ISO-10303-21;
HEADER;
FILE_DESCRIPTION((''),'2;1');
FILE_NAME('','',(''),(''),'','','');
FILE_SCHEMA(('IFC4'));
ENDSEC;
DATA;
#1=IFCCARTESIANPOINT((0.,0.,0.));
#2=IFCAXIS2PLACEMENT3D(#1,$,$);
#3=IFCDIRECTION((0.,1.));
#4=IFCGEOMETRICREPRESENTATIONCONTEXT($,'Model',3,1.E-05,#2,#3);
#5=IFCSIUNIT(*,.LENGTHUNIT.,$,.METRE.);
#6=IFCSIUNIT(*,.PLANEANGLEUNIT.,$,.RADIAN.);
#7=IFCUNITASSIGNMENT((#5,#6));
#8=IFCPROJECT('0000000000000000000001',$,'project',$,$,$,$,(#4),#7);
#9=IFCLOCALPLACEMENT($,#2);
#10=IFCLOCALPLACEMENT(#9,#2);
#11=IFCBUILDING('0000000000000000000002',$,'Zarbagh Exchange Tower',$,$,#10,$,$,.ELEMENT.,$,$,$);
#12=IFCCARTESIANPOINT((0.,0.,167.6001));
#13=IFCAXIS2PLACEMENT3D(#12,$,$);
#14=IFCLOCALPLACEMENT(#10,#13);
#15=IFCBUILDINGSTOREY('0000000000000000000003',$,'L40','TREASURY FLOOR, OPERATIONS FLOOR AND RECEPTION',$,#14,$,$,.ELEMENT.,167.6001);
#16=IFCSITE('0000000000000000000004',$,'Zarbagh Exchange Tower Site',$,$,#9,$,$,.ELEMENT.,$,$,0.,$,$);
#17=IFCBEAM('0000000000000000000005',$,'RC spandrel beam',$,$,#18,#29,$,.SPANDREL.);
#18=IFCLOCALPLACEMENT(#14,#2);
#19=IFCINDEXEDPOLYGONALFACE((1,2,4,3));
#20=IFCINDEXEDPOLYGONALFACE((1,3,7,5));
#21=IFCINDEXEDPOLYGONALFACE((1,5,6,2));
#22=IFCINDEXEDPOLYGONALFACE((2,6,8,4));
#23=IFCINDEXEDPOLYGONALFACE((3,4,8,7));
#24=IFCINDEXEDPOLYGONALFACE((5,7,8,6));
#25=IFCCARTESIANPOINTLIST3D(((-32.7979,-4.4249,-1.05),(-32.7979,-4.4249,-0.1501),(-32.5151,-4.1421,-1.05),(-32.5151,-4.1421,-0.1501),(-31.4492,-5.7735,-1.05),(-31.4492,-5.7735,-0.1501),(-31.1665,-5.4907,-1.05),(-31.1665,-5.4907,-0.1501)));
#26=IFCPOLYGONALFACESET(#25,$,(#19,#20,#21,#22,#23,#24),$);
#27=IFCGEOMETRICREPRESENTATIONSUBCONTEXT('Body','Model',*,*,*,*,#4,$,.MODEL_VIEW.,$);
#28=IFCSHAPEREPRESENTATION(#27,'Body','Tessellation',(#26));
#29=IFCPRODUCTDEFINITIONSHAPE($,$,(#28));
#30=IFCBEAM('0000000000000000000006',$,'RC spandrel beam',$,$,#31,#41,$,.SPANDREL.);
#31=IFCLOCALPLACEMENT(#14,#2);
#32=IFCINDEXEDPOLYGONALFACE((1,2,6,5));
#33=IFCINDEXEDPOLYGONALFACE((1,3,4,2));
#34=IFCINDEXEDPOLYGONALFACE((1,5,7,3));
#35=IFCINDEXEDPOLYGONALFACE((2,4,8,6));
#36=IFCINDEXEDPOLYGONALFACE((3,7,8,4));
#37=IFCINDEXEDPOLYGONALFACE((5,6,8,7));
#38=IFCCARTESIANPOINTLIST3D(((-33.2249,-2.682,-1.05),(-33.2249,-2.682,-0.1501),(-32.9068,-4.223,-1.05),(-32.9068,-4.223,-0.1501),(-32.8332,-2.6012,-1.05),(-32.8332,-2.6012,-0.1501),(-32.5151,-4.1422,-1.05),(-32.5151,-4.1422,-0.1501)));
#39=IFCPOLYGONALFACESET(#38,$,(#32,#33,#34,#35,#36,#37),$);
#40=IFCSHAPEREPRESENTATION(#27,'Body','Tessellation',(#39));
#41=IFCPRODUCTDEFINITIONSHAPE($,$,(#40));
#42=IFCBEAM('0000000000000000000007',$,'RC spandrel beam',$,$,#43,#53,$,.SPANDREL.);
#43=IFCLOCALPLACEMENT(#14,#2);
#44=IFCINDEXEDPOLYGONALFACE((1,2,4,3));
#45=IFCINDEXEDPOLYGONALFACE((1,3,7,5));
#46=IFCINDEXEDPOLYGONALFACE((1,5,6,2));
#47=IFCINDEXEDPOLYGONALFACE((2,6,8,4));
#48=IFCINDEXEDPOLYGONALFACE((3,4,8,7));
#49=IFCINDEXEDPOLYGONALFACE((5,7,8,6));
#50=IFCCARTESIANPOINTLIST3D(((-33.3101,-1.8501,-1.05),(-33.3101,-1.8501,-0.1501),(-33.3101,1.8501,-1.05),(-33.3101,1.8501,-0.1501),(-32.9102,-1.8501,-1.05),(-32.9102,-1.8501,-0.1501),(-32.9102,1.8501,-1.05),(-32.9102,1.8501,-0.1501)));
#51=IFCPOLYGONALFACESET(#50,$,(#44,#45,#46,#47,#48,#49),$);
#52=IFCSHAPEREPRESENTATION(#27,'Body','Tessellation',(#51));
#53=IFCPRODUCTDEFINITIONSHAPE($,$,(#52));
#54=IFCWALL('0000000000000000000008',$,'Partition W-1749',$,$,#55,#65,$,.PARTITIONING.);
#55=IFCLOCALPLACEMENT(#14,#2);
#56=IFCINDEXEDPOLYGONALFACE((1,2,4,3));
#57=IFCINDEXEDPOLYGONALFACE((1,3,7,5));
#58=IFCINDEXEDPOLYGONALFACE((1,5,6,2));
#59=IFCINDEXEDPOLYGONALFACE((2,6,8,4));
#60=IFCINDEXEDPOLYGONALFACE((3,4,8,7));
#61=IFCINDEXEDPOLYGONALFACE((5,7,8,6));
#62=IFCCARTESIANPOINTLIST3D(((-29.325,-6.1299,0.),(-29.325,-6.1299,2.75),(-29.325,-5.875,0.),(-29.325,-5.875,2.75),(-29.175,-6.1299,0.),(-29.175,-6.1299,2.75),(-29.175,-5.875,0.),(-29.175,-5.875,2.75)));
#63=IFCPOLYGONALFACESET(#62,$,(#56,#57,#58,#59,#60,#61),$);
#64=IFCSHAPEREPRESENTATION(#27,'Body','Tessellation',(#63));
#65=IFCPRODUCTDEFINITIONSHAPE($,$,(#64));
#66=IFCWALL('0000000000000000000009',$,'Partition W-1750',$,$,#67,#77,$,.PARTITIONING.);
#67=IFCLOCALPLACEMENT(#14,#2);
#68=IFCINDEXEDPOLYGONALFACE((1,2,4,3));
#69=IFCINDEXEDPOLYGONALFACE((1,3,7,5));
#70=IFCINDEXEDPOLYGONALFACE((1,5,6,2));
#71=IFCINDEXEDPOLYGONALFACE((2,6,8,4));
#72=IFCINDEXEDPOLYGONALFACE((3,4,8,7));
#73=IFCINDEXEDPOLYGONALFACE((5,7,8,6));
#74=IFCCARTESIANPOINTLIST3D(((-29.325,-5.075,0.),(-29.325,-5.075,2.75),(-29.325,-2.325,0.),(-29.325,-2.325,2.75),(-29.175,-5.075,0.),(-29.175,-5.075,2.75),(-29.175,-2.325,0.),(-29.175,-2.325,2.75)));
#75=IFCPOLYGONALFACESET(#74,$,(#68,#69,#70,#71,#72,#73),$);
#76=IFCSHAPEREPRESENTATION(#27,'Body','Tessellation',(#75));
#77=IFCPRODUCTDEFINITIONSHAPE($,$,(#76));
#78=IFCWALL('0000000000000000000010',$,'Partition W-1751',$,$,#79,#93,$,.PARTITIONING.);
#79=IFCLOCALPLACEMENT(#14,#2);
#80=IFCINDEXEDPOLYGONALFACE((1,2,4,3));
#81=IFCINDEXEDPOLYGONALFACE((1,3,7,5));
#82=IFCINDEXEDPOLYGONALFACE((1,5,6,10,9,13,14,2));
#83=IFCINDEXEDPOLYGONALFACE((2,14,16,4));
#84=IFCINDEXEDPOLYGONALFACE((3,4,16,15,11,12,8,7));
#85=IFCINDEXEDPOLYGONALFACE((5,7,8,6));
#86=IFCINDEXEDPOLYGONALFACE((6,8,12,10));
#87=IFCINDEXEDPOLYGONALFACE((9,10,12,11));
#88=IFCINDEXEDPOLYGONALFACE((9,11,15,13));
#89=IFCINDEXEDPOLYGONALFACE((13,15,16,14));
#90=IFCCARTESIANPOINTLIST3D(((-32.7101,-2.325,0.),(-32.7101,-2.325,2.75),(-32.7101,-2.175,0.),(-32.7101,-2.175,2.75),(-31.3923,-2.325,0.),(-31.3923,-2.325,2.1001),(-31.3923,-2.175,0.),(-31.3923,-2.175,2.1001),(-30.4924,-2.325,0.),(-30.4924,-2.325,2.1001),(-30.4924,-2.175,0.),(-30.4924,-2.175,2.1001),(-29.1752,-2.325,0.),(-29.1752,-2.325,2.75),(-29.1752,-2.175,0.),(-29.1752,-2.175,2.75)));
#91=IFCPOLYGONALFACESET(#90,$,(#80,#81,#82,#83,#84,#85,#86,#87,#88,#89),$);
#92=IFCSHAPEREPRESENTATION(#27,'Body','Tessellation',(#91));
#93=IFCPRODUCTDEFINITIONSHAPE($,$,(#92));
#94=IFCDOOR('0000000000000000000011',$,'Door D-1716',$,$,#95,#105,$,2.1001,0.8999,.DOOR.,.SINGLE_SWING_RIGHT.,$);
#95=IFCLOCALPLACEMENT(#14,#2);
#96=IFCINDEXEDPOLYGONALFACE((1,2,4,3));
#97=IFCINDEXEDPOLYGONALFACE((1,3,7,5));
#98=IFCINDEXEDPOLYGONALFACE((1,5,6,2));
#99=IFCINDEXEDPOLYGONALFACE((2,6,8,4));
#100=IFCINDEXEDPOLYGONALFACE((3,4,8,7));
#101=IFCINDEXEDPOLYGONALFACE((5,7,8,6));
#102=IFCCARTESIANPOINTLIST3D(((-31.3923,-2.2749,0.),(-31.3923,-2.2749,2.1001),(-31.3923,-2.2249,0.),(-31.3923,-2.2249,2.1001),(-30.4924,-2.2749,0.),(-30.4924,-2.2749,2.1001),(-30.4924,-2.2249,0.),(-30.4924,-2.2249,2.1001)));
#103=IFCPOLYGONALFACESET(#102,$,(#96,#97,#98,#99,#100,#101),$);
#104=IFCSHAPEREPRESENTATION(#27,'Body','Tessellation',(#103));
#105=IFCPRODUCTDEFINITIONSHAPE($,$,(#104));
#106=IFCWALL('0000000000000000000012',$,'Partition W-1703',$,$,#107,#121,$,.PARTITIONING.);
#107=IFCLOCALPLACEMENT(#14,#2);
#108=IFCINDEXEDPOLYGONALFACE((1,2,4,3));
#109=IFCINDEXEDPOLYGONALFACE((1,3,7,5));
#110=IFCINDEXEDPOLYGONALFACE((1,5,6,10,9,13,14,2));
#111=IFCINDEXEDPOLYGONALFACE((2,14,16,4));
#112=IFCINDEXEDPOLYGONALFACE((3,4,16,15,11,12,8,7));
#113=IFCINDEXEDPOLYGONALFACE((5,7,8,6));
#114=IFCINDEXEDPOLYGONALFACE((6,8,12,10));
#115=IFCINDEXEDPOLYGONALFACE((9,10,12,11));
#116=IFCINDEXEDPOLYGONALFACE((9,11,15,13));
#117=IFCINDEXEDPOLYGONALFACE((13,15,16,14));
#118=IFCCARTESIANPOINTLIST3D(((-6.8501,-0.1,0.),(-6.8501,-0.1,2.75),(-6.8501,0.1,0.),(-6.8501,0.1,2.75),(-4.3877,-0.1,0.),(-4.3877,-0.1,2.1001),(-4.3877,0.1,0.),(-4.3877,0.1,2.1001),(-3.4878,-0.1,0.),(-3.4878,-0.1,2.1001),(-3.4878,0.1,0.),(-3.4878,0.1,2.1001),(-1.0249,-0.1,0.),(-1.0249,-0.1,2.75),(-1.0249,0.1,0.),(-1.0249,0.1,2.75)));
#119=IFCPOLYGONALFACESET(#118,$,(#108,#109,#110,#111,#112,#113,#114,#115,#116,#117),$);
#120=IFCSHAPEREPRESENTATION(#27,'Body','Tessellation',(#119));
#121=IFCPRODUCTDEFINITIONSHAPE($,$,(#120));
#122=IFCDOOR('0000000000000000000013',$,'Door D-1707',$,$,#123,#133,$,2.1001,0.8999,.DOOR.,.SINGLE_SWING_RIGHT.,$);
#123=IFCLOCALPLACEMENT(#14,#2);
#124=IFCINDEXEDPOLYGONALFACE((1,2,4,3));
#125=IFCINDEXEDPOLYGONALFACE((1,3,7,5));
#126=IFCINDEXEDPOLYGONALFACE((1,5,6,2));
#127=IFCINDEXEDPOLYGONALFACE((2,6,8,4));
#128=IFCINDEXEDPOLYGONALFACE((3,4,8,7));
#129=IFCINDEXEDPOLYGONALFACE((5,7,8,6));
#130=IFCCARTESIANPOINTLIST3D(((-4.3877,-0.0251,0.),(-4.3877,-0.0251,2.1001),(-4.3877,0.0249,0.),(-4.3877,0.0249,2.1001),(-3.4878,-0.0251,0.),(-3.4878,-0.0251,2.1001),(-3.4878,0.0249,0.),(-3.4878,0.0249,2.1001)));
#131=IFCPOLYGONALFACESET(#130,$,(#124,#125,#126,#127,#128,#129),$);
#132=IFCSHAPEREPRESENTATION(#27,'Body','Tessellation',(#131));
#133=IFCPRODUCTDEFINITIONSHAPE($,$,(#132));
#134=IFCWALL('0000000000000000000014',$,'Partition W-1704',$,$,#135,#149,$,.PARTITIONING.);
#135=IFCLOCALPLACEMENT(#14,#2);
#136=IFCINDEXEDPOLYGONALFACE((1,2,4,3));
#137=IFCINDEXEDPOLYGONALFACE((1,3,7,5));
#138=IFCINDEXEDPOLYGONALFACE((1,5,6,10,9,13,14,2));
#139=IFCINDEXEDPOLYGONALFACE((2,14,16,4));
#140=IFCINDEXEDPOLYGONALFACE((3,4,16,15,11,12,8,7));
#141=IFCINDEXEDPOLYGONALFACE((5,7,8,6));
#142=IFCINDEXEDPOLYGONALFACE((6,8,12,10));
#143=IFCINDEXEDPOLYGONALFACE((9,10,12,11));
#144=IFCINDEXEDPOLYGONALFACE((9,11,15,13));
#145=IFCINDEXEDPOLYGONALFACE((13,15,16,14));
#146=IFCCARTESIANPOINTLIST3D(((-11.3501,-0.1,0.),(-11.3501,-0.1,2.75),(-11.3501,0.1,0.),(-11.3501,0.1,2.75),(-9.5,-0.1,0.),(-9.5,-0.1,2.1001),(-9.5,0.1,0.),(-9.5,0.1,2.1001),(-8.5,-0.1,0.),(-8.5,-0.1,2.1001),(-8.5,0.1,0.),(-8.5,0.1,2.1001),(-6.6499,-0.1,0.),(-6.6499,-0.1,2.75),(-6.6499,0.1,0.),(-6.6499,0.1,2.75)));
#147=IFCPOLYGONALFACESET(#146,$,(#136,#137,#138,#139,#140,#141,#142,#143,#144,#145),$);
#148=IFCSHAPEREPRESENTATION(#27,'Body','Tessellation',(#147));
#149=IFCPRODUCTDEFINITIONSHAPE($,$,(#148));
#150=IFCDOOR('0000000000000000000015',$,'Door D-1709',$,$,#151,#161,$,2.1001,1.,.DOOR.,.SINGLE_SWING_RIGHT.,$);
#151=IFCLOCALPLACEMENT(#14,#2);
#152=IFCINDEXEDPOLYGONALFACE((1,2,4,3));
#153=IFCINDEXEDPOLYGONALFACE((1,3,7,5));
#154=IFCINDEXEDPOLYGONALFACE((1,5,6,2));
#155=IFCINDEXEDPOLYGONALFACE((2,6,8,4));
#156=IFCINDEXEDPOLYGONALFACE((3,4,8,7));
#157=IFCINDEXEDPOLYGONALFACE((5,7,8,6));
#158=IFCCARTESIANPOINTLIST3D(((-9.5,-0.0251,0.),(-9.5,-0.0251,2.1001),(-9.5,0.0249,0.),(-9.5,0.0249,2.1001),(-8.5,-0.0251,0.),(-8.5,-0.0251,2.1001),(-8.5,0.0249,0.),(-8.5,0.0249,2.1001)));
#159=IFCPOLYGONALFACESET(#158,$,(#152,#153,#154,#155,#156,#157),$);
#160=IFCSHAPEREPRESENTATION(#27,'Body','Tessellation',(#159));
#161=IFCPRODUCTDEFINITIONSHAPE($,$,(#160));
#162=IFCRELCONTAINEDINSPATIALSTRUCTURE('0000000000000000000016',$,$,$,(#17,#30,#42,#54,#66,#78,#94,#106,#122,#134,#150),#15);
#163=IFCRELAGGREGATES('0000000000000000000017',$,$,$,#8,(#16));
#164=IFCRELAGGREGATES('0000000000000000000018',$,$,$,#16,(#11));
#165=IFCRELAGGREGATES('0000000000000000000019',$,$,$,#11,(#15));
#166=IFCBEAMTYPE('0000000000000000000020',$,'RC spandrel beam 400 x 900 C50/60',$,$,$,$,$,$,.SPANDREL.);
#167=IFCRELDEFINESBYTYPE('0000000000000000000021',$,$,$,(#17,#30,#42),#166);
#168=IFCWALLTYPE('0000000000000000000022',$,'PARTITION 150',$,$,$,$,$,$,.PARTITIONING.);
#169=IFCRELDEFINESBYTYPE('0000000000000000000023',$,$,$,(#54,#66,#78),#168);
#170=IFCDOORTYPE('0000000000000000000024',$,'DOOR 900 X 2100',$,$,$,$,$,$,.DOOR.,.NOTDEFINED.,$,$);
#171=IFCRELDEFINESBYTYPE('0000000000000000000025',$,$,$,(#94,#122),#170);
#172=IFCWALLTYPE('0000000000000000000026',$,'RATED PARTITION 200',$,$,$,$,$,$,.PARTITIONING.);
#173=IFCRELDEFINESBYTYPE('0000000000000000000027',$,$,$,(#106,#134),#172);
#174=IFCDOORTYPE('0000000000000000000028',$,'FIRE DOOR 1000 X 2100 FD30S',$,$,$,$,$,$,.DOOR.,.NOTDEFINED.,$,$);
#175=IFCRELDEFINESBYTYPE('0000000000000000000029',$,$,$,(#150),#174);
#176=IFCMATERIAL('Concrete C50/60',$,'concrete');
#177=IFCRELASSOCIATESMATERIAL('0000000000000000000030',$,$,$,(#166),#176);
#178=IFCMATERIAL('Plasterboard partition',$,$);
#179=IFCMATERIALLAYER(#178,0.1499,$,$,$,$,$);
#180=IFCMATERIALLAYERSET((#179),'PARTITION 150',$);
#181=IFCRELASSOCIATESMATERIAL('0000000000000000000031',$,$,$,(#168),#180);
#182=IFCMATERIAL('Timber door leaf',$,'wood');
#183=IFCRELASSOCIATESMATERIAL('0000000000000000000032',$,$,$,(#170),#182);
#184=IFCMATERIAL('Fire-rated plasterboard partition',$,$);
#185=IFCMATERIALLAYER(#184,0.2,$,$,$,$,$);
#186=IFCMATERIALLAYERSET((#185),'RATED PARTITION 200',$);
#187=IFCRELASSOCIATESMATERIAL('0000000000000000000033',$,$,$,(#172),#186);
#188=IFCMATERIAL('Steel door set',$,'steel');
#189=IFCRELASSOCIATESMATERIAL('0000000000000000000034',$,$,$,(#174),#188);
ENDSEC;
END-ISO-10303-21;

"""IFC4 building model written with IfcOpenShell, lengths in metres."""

from ifc_helpers import new_model, si_unit, direction, frame, frame_2d, origin, origin_2d, place, context, subcontext, project, spatial, rectangle, extrude, material, layer, layer_set, material_profile, profile_set, type_object, element, fill, save


model = new_model("IFC4")

# Units and contexts
model_context = context("Model", 3, precision=1e-05, world=origin(), true_north=direction((0.0, 1.0)))
body_context = subcontext(model_context, "Body", "Model", "MODEL_VIEW")
ifc_project = project(units=[si_unit("LENGTHUNIT", "METRE"), si_unit("PLANEANGLEUNIT", "RADIAN")], contexts=[model_context])

# Site, building, storey
site_placement = place(None, origin())
site = spatial("IfcSite", under=ifc_project, at=site_placement, Name="Zarbagh Exchange Tower Site", CompositionType="ELEMENT", RefElevation=0.0)
building_placement = place(site_placement, origin())
building = spatial("IfcBuilding", under=site, at=building_placement, Name="Zarbagh Exchange Tower", CompositionType="ELEMENT")
storey_placement = place(building_placement, frame((0.0, 0.0, 167.6001)))
storey = spatial("IfcBuildingStorey", under=building, at=storey_placement, Name="L40", Description="TREASURY FLOOR, OPERATIONS FLOOR AND RECEPTION", CompositionType="ELEMENT", Elevation=167.6001)

# Shared definitions
ifc_material_1 = material(Name="Concrete C50/60", Category="concrete")

# Beams
ifc_material_profile_1 = material_profile(ifc_material_1, rectangle(XDim=0.3999, YDim=0.8999, at=origin_2d()), Name="RC spandrel beam 400 x 900 C50/60")
ifc_profile_set_1 = profile_set([ifc_material_profile_1], Name="Concrete C50/60")
beam_type_1 = type_object("IfcBeamType", Name="RC spandrel beam 400 x 900 C50/60", PredefinedType="SPANDREL", material=ifc_profile_set_1)
beam_1_placement = place(storey_placement, frame((-31.3079, -5.6321, -0.6001), z_axis=(-0.707107, 0.707107, 0.0), x_axis=(-0.707107, -0.707107, 0.0)))
element("IfcBeam", 1, at=beam_1_placement, inside=storey, type_object=beam_type_1, Name="RC spandrel beam", PredefinedType="SPANDREL", context=body_context, shape_type="SweptSolid", body=[
    extrude(rectangle(XDim=0.3999, YDim=0.8999, at=origin_2d()), origin(), (0.0, 0.0, 1.0), 1.9072),
])
beam_2_placement = place(storey_placement, frame((-32.7109, -4.1826, -0.6001), z_axis=(-0.202169, 0.979351, 0.0), x_axis=(-0.979351, -0.202169, 0.0)))
element("IfcBeam", 2, at=beam_2_placement, inside=storey, type_object=beam_type_1, Name="RC spandrel beam", PredefinedType="SPANDREL", context=body_context, shape_type="SweptSolid", body=[
    extrude(rectangle(XDim=0.3999, YDim=0.8999, at=origin_2d()), origin(), (0.0, 0.0, 1.0), 1.5735),
])
beam_3_placement = place(storey_placement, frame((-33.1101, -1.8501, -0.6001), z_axis=(0.0, 1.0, 0.0), x_axis=(-1.0, 0.0, 0.0)))
element("IfcBeam", 3, at=beam_3_placement, inside=storey, type_object=beam_type_1, Name="RC spandrel beam", PredefinedType="SPANDREL", context=body_context, shape_type="SweptSolid", body=[
    extrude(rectangle(XDim=0.3999, YDim=0.8999, at=origin_2d()), origin(), (0.0, 0.0, 1.0), 3.7002),
])

# Walls
ifc_material_2 = material(Name="Plasterboard partition")
ifc_layer_1 = layer(ifc_material_2, 0.1499)
ifc_layer_set_1 = layer_set([ifc_layer_1], Name="PARTITION 150")
wall_type_1 = type_object("IfcWallType", Name="PARTITION 150", PredefinedType="PARTITIONING", material=ifc_layer_set_1)
wall_1_placement = place(storey_placement, frame((-29.25, -6.1299, 0.0), z_axis=(0.0, 0.0, 1.0), x_axis=(0.0, 1.0, 0.0)))
element("IfcWall", 4, at=wall_1_placement, inside=storey, type_object=wall_type_1, Name="Partition W-1749", PredefinedType="PARTITIONING", context=body_context, shape_type="SweptSolid", body=[
    extrude(rectangle(XDim=0.2549, YDim=0.1499, at=frame_2d((0.1274, 0.0))), origin(), (0.0, 0.0, 1.0), 2.75),
])
wall_2_placement = place(storey_placement, frame((-29.25, -5.075, 0.0), z_axis=(0.0, 0.0, 1.0), x_axis=(0.0, 1.0, 0.0)))
element("IfcWall", 5, at=wall_2_placement, inside=storey, type_object=wall_type_1, Name="Partition W-1750", PredefinedType="PARTITIONING", context=body_context, shape_type="SweptSolid", body=[
    extrude(rectangle(XDim=2.75, YDim=0.1499, at=frame_2d((1.375, 0.0))), origin(), (0.0, 0.0, 1.0), 2.75),
])

# Walls, openings, doors
wall_3_placement = place(storey_placement, frame((-29.175, -2.25, 0.0), z_axis=(0.0, 0.0, 1.0), x_axis=(-1.0, 0.0, 0.0)))
wall_3 = element("IfcWall", 6, at=wall_3_placement, inside=storey, type_object=wall_type_1, Name="Partition W-1751", PredefinedType="PARTITIONING", context=body_context, shape_type="SweptSolid", body=[
    extrude(rectangle(XDim=3.5349, YDim=0.1499, at=frame_2d((1.7676, 0.0))), origin(), (0.0, 0.0, 1.0), 2.75),
])
opening_1_placement = place(wall_3_placement, frame((1.3174, 0.0, 0.0)))
opening_1 = element("IfcOpeningElement", 7, at=opening_1_placement, cuts=wall_3, PredefinedType="OPENING", context=body_context, shape_type="SweptSolid", body=[
    extrude(rectangle(XDim=0.8999, YDim=2.1001, at=frame_2d((0.45, 1.05))), frame((0.0, 0.085, 0.0), z_axis=(0.0, -1.0, 0.0), x_axis=(1.0, 0.0, 0.0)), (0.0, 0.0, 1.0), 0.1699),
])
ifc_material_3 = material(Name="Timber door leaf", Category="wood")
door_type_1 = type_object("IfcDoorType", Name="DOOR 900 X 2100", OperationType="NOTDEFINED", PredefinedType="DOOR", material=ifc_material_3)
door_1_placement = place(opening_1_placement, origin())
door_1 = element("IfcDoor", 8, at=door_1_placement, inside=storey, type_object=door_type_1, Name="Door D-1716", OperationType="SINGLE_SWING_RIGHT", OverallHeight=2.1001, OverallWidth=0.8999, PredefinedType="DOOR", context=body_context, shape_type="SweptSolid", body=[
    extrude(rectangle(XDim=0.8999, YDim=2.1001, at=frame_2d((0.45, 1.05))), frame((0.0, 0.0249, 0.0), z_axis=(0.0, -1.0, 0.0), x_axis=(1.0, 0.0, 0.0)), (0.0, 0.0, 1.0), 0.05),
])
fill(opening_1, door_1)
ifc_material_4 = material(Name="Fire-rated plasterboard partition")
ifc_layer_2 = layer(ifc_material_4, 0.2)
ifc_layer_set_2 = layer_set([ifc_layer_2], Name="RATED PARTITION 200")
wall_type_2 = type_object("IfcWallType", Name="RATED PARTITION 200", PredefinedType="PARTITIONING", material=ifc_layer_set_2)
wall_4_placement = place(storey_placement, frame((-6.8501, 0.0, 0.0), z_axis=(0.0, 0.0, 1.0), x_axis=(1.0, 0.0, 0.0)))
wall_4 = element("IfcWall", 9, at=wall_4_placement, inside=storey, type_object=wall_type_2, Name="Partition W-1703", PredefinedType="PARTITIONING", context=body_context, shape_type="SweptSolid", body=[
    extrude(rectangle(XDim=5.8252, YDim=0.2, at=frame_2d((2.9126, 0.0))), origin(), (0.0, 0.0, 1.0), 2.75),
])
opening_2_placement = place(wall_4_placement, frame((2.4624, 0.0, 0.0)))
opening_2 = element("IfcOpeningElement", 10, at=opening_2_placement, cuts=wall_4, PredefinedType="OPENING", context=body_context, shape_type="SweptSolid", body=[
    extrude(rectangle(XDim=0.8999, YDim=2.1001, at=frame_2d((0.45, 1.05))), frame((0.0, 0.1099, 0.0), z_axis=(0.0, -1.0, 0.0), x_axis=(1.0, 0.0, 0.0)), (0.0, 0.0, 1.0), 0.22),
])
door_2_placement = place(opening_2_placement, origin())
door_2 = element("IfcDoor", 11, at=door_2_placement, inside=storey, type_object=door_type_1, Name="Door D-1707", OperationType="SINGLE_SWING_RIGHT", OverallHeight=2.1001, OverallWidth=0.8999, PredefinedType="DOOR", context=body_context, shape_type="SweptSolid", body=[
    extrude(rectangle(XDim=0.8999, YDim=2.1001, at=frame_2d((0.45, 1.05))), frame((0.0, 0.0249, 0.0), z_axis=(0.0, -1.0, 0.0), x_axis=(1.0, 0.0, 0.0)), (0.0, 0.0, 1.0), 0.05),
])
fill(opening_2, door_2)
wall_5_placement = place(storey_placement, frame((-11.3501, 0.0, 0.0), z_axis=(0.0, 0.0, 1.0), x_axis=(1.0, 0.0, 0.0)))
wall_5 = element("IfcWall", 12, at=wall_5_placement, inside=storey, type_object=wall_type_2, Name="Partition W-1704", PredefinedType="PARTITIONING", context=body_context, shape_type="SweptSolid", body=[
    extrude(rectangle(XDim=4.7002, YDim=0.2, at=frame_2d((2.3501, 0.0))), origin(), (0.0, 0.0, 1.0), 2.75),
])
opening_3_placement = place(wall_5_placement, frame((1.8501, 0.0, 0.0)))
opening_3 = element("IfcOpeningElement", 13, at=opening_3_placement, cuts=wall_5, PredefinedType="OPENING", context=body_context, shape_type="SweptSolid", body=[
    extrude(rectangle(XDim=1.0, YDim=2.1001, at=frame_2d((0.5, 1.05))), frame((0.0, 0.1099, 0.0), z_axis=(0.0, -1.0, 0.0), x_axis=(1.0, 0.0, 0.0)), (0.0, 0.0, 1.0), 0.22),
])
ifc_material_5 = material(Name="Steel door set", Category="steel")
door_type_2 = type_object("IfcDoorType", Name="FIRE DOOR 1000 X 2100 FD30S", OperationType="NOTDEFINED", PredefinedType="DOOR", material=ifc_material_5)
door_3_placement = place(opening_3_placement, origin())
door_3 = element("IfcDoor", 14, at=door_3_placement, inside=storey, type_object=door_type_2, Name="Door D-1709", OperationType="SINGLE_SWING_RIGHT", OverallHeight=2.1001, OverallWidth=1.0, PredefinedType="DOOR", context=body_context, shape_type="SweptSolid", body=[
    extrude(rectangle(XDim=1.0, YDim=2.1001, at=frame_2d((0.5, 1.05))), frame((0.0, 0.0249, 0.0), z_axis=(0.0, -1.0, 0.0), x_axis=(1.0, 0.0, 0.0)), (0.0, 0.0, 1.0), 0.05),
])
fill(opening_3, door_3)

save(model, "model.ifc")
